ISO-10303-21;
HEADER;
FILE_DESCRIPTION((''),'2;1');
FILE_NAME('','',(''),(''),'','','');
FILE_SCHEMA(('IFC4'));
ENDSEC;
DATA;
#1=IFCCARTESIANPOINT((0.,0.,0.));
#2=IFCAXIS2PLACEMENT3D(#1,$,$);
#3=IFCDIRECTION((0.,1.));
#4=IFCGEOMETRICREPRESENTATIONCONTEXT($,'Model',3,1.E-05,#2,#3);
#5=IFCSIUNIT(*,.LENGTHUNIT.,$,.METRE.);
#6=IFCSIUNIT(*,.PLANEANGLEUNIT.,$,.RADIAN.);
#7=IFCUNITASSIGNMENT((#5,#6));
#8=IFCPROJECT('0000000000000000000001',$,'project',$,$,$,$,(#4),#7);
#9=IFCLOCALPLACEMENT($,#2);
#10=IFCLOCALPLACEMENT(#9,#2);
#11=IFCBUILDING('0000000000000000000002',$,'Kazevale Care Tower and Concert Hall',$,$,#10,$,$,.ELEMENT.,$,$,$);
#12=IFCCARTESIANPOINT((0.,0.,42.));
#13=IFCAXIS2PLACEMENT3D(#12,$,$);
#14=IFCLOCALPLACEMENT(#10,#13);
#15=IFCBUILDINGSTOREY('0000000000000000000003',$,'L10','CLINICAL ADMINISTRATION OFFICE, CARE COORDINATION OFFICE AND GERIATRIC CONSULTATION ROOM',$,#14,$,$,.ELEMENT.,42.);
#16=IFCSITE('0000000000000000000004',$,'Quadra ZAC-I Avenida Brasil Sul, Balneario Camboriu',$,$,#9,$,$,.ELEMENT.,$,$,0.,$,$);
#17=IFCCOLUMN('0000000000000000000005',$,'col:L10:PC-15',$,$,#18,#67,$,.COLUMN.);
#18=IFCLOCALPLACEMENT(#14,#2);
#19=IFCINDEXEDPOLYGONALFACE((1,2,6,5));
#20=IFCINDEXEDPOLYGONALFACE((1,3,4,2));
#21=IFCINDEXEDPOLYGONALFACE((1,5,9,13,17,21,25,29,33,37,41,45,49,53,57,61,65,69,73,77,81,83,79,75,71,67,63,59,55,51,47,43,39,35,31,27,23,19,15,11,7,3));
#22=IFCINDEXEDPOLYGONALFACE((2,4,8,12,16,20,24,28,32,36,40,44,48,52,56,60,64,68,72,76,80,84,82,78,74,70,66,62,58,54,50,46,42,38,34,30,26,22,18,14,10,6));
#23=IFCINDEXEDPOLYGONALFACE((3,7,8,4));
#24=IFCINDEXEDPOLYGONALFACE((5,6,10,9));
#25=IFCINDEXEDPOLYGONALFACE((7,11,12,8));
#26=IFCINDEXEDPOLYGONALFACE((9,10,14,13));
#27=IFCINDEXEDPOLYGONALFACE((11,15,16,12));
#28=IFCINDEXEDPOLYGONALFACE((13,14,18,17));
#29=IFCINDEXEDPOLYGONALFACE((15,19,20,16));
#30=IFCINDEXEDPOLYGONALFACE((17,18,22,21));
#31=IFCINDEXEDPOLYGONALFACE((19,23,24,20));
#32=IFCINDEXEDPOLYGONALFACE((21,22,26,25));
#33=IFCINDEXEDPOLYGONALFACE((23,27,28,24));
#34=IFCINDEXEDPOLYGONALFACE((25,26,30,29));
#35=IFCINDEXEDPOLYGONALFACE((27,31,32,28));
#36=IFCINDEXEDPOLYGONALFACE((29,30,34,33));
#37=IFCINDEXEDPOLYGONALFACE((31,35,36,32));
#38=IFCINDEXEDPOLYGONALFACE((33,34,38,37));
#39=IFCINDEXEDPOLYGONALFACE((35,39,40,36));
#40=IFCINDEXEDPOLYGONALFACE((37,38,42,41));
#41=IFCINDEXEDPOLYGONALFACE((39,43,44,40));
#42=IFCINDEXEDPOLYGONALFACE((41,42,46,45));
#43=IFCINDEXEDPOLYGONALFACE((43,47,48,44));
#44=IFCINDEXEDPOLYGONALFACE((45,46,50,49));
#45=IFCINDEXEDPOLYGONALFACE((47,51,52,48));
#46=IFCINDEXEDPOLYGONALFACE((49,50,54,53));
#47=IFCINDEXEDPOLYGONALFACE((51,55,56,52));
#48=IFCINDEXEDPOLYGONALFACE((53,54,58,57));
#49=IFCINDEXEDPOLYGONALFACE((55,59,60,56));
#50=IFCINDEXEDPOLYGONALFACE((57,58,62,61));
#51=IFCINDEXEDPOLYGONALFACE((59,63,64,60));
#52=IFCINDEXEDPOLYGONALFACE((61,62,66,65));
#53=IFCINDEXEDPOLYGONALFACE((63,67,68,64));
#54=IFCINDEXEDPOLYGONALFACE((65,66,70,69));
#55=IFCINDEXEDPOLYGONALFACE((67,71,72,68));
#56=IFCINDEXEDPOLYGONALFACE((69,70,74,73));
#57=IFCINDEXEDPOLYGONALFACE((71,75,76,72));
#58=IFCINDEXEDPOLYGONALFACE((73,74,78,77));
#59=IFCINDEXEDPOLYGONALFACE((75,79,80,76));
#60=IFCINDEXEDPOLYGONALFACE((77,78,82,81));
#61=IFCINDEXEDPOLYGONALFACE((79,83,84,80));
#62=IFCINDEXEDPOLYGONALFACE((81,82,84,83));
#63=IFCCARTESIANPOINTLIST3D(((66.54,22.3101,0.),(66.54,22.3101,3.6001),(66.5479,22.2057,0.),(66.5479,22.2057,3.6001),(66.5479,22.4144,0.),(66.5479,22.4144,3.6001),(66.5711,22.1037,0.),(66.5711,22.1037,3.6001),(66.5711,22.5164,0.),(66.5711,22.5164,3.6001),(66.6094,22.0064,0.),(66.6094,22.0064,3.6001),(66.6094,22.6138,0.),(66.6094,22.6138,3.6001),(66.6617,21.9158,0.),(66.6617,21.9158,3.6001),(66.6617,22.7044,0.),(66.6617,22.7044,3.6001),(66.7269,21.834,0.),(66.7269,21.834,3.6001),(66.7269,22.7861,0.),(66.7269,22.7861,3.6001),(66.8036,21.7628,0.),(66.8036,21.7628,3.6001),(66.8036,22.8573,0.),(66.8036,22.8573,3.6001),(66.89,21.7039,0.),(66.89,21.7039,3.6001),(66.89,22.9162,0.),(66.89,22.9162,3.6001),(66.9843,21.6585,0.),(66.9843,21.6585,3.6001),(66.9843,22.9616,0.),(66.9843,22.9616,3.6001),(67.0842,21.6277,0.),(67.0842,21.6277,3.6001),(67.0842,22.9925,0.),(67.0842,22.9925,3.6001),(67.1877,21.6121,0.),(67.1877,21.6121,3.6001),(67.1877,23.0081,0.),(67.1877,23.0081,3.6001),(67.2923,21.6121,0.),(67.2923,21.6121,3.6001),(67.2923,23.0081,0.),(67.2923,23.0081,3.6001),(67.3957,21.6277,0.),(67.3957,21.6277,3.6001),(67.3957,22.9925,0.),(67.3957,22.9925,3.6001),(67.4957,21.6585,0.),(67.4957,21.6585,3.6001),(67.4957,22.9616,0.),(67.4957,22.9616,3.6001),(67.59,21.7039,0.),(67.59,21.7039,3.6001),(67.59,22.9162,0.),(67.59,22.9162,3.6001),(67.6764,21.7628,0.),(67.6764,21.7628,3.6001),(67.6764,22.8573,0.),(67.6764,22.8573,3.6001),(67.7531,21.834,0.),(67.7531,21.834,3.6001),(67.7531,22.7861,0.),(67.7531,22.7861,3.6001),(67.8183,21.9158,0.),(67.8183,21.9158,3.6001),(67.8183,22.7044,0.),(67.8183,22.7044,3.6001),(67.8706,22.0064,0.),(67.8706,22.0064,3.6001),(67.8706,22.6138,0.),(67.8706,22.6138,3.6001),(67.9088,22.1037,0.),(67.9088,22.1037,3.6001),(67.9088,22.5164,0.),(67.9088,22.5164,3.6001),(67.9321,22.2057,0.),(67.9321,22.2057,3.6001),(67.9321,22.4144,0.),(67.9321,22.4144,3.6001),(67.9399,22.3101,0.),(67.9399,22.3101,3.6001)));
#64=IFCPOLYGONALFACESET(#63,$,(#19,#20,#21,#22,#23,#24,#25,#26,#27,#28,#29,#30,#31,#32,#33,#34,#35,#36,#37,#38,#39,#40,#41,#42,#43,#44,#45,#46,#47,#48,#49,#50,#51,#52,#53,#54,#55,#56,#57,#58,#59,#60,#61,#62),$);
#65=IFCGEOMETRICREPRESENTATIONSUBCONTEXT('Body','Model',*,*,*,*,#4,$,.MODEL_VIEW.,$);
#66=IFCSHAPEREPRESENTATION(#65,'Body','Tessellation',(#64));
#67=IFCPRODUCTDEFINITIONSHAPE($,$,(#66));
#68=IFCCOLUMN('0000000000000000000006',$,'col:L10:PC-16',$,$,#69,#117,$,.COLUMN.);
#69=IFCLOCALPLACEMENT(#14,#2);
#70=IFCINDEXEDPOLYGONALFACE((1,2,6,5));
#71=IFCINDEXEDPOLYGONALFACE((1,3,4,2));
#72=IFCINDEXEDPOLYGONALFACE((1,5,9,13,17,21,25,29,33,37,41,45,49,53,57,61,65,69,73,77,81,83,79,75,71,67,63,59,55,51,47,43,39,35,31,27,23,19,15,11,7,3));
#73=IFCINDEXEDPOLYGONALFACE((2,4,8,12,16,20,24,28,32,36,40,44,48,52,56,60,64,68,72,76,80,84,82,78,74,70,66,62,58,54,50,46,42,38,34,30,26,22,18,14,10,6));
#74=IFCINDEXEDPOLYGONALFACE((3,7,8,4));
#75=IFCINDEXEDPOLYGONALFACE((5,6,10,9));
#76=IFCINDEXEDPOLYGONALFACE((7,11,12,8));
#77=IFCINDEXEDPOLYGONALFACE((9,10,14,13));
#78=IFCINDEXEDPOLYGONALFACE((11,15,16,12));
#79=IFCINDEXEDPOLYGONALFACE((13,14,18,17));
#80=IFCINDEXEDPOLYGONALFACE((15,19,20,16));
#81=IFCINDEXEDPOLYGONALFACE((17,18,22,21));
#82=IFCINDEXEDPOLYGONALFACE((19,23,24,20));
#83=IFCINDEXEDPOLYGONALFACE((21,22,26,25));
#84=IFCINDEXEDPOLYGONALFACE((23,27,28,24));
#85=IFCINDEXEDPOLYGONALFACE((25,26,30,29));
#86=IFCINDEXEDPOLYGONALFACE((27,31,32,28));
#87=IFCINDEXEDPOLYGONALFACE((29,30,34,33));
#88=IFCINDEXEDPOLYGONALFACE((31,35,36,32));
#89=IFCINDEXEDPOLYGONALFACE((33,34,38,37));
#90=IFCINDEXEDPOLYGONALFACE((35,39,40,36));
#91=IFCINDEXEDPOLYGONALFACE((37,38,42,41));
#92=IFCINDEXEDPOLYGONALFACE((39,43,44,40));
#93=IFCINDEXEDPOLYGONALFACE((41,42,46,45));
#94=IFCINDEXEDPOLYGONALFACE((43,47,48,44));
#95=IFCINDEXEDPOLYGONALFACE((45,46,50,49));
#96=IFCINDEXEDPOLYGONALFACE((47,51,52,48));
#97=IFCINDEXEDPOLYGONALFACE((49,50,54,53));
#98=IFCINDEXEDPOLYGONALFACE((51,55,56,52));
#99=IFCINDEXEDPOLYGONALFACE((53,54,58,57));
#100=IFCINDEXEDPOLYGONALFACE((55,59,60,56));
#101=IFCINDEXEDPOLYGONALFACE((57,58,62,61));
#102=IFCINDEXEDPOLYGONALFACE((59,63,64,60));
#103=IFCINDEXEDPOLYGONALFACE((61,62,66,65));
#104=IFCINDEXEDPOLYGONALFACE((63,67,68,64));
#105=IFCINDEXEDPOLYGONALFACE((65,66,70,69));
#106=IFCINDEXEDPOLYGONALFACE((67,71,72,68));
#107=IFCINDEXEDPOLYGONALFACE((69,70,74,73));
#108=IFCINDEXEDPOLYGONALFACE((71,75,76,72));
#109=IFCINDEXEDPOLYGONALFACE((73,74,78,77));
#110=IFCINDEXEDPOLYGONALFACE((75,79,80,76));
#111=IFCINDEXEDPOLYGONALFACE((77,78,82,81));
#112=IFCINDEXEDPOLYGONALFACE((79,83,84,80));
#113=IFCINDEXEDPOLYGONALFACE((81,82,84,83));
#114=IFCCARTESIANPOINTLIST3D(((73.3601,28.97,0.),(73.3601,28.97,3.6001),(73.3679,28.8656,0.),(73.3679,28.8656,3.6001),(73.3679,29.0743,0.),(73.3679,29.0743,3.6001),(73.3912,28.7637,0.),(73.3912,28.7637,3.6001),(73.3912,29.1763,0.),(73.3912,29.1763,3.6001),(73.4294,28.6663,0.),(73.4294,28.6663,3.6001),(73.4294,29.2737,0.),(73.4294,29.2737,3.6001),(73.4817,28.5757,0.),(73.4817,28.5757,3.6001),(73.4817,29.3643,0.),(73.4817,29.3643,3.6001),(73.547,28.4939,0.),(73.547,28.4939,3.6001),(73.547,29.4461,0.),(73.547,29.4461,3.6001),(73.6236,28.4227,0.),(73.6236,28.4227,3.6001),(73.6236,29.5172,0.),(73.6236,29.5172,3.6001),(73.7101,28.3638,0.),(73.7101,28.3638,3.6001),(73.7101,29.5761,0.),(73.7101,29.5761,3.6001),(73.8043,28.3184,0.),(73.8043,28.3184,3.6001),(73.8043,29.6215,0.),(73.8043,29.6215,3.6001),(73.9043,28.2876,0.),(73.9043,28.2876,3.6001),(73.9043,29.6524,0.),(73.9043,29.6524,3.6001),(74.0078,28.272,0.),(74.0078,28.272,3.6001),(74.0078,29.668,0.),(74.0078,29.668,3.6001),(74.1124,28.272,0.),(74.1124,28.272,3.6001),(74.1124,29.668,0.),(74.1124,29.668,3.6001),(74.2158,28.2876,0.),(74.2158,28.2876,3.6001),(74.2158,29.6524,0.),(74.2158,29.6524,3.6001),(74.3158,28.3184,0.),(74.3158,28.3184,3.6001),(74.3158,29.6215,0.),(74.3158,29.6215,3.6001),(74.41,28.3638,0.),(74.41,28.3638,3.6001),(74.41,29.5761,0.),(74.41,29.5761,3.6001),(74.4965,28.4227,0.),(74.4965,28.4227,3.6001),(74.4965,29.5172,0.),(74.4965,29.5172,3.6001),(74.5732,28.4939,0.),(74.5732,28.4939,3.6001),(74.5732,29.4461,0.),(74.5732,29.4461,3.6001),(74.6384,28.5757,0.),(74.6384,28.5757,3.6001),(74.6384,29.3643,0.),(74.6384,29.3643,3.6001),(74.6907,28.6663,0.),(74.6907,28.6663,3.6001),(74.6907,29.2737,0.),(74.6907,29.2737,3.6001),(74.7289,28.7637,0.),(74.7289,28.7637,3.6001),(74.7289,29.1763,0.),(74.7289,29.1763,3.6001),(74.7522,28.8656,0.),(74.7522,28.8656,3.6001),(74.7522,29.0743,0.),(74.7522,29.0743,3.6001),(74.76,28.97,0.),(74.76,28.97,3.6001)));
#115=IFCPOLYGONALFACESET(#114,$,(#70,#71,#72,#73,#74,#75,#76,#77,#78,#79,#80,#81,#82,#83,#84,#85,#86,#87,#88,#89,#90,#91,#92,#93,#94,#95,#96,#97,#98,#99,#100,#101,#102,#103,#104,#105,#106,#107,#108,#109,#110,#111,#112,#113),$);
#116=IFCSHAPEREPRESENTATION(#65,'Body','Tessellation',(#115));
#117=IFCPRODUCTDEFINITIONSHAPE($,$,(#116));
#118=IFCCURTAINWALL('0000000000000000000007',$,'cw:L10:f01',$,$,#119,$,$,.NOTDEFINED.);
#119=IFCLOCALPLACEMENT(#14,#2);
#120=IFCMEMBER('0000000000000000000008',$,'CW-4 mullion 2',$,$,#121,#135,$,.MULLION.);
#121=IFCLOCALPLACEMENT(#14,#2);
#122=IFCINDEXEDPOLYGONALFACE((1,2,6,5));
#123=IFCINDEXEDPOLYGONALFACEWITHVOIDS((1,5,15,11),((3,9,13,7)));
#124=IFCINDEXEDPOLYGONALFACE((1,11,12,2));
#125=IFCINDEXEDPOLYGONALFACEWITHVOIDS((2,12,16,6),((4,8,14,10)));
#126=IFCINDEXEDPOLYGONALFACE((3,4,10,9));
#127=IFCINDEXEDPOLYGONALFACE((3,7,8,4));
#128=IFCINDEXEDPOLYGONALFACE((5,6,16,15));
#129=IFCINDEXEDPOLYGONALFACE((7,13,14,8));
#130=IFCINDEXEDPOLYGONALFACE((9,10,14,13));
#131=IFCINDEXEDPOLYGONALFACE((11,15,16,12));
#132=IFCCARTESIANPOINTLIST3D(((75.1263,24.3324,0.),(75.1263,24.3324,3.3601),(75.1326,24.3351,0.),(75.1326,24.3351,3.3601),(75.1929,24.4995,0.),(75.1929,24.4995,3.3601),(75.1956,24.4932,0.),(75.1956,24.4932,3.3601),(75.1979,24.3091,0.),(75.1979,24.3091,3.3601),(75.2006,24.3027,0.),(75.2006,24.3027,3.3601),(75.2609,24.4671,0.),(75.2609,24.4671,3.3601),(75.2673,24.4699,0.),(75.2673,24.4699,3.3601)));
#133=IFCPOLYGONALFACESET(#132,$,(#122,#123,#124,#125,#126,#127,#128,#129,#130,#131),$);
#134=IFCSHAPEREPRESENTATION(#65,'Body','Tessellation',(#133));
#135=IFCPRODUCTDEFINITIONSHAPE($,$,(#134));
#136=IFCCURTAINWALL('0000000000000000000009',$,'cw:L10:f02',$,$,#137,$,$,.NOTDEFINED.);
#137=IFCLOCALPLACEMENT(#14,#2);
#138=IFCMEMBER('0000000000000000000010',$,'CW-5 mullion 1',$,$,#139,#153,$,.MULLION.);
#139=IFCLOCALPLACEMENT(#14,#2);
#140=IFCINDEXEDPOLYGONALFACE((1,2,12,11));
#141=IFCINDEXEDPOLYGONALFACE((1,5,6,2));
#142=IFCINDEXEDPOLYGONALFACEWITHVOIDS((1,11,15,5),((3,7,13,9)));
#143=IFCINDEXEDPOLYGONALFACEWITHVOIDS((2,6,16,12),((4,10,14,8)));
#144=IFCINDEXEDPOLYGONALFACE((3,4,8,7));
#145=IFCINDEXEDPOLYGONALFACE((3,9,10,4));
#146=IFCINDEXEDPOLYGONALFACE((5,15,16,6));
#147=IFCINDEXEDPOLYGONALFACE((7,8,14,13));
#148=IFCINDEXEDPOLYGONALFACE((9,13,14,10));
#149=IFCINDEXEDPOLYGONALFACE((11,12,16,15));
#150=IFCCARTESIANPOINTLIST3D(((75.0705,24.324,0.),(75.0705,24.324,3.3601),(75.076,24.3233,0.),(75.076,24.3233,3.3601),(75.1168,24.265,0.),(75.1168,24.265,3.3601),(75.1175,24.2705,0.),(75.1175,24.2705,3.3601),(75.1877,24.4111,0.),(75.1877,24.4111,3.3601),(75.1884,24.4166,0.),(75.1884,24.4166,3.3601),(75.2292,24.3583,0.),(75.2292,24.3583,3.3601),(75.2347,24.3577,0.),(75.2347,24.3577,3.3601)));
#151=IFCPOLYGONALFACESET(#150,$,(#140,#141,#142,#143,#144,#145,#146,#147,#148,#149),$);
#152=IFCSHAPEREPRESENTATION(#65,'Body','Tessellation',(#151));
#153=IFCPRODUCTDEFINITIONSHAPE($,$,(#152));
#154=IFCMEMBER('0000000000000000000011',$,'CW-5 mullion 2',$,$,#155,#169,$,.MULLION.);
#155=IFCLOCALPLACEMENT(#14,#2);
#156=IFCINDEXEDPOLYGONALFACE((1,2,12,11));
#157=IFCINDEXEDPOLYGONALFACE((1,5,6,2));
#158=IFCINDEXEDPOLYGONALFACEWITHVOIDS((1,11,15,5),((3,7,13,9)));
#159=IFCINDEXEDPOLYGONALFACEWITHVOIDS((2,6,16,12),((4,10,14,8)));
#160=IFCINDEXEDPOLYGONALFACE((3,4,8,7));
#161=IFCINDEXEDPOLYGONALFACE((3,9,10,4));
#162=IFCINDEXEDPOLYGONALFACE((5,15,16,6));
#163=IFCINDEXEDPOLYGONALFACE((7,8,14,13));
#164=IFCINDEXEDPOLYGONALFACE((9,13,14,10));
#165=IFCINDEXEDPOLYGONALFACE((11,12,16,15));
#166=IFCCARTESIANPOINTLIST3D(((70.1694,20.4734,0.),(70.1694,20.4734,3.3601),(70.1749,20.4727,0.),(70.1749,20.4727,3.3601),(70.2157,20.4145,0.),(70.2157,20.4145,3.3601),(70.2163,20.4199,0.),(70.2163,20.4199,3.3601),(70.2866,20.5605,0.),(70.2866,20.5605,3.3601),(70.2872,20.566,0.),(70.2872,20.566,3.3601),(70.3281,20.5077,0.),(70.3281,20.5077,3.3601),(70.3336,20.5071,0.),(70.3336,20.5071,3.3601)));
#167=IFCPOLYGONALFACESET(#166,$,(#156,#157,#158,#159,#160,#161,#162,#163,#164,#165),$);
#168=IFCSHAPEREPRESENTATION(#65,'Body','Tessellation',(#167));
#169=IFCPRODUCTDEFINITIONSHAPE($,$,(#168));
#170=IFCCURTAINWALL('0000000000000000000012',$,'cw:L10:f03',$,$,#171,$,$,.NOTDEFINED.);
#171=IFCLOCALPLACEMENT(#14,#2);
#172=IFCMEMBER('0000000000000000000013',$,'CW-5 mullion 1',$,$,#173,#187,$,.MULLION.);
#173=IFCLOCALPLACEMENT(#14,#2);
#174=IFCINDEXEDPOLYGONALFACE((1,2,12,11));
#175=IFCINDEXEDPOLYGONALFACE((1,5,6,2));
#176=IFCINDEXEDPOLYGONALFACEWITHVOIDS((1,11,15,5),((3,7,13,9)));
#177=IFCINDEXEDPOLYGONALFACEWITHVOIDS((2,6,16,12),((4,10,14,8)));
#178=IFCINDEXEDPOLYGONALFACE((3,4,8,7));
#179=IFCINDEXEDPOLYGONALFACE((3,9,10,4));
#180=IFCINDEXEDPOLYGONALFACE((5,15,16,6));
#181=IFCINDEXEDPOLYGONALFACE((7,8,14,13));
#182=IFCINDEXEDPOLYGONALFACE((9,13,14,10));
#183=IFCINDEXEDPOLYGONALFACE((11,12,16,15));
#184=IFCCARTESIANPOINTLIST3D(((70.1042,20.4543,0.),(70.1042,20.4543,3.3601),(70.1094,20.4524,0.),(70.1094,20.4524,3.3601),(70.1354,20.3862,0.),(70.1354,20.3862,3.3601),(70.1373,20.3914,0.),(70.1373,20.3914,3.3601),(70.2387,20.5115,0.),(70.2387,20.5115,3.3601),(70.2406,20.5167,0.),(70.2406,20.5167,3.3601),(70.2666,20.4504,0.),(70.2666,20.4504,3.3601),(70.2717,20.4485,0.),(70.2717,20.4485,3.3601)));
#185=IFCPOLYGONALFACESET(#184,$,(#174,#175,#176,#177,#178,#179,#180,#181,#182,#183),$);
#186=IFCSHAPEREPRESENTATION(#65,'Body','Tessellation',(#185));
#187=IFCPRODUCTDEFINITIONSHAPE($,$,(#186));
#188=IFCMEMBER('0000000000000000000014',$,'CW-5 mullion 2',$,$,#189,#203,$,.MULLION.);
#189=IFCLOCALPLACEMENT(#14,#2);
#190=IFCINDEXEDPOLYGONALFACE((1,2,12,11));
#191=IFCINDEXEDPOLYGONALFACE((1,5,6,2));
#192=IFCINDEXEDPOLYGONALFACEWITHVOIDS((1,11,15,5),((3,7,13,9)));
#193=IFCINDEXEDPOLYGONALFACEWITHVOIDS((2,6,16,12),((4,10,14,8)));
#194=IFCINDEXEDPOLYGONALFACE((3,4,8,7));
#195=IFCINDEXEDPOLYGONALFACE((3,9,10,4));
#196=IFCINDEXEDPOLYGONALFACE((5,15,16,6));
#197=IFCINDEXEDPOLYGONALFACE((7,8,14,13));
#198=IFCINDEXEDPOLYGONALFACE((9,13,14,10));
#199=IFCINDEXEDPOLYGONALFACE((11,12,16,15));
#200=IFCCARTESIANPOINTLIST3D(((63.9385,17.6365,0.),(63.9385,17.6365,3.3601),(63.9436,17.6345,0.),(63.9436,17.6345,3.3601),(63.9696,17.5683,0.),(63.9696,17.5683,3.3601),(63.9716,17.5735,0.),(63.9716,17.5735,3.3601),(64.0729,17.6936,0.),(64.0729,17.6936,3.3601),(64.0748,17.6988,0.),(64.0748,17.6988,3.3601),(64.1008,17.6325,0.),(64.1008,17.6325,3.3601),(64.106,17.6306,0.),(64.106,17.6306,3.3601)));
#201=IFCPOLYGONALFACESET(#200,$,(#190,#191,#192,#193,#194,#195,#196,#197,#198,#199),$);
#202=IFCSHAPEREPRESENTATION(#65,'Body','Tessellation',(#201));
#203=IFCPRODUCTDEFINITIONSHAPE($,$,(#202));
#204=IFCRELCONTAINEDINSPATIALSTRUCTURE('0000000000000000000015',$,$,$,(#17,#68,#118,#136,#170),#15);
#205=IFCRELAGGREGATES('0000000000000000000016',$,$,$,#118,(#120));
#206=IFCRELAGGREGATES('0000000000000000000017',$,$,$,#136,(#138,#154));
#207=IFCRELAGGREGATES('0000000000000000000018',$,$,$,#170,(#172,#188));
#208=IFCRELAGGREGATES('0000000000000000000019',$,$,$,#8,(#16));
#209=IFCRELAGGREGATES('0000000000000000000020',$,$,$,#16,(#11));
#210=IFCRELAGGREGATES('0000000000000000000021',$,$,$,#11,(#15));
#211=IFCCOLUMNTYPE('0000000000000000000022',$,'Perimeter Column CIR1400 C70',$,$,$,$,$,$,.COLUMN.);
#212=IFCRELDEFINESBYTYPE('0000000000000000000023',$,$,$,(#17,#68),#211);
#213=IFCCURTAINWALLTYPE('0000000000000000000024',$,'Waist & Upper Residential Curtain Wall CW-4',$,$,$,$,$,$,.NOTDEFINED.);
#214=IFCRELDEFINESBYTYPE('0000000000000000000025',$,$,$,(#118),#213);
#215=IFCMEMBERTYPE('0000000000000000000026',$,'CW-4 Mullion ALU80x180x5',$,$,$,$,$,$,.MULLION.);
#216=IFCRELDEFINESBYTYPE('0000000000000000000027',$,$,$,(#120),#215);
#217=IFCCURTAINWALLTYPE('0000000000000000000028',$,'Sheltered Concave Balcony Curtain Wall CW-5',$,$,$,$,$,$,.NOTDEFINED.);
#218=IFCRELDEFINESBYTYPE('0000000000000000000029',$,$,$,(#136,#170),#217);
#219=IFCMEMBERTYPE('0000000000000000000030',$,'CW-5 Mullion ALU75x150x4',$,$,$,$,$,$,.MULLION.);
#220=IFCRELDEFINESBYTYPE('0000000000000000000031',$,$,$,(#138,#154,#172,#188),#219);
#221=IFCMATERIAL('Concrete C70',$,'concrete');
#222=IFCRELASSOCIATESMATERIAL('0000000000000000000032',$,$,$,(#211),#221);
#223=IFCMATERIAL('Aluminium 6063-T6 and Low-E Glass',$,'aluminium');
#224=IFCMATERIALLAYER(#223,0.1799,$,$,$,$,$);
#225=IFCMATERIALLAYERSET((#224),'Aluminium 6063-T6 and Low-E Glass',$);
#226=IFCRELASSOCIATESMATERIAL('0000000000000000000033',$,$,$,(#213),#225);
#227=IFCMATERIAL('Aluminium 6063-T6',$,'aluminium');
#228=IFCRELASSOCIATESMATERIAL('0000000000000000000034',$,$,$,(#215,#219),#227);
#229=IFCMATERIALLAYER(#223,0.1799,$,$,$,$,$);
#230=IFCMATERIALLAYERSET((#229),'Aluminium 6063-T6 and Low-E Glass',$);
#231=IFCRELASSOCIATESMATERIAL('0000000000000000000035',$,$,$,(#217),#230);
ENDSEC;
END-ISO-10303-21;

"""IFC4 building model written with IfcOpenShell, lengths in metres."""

from ifc_helpers import new_model, si_unit, direction, frame, origin, origin_2d, place, context, subcontext, project, spatial, hollow_rectangle, circle, extrude, material, layer, layer_set, material_profile, profile_set, type_object, element, aggregate, save


model = new_model("IFC4")

# Units and contexts
model_context = context("Model", 3, precision=1e-05, world=origin(), true_north=direction((0.0, 1.0)))
body_context = subcontext(model_context, "Body", "Model", "MODEL_VIEW")
ifc_project = project(units=[si_unit("LENGTHUNIT", "METRE"), si_unit("PLANEANGLEUNIT", "RADIAN")], contexts=[model_context])

# Site, building, storey
site_placement = place(None, origin())
site = spatial("IfcSite", under=ifc_project, at=site_placement, Name="Quadra ZAC-I Avenida Brasil Sul, Balneario Camboriu", CompositionType="ELEMENT", RefElevation=0.0)
building_placement = place(site_placement, origin())
building = spatial("IfcBuilding", under=site, at=building_placement, Name="Kazevale Care Tower and Concert Hall", CompositionType="ELEMENT")
storey_placement = place(building_placement, frame((0.0, 0.0, 42.0)))
storey = spatial("IfcBuildingStorey", under=building, at=storey_placement, Name="L10", Description="CLINICAL ADMINISTRATION OFFICE, CARE COORDINATION OFFICE AND GERIATRIC CONSULTATION ROOM", CompositionType="ELEMENT", Elevation=42.0)

# Columns
ifc_material_1 = material(Name="Concrete C70", Category="concrete")
ifc_material_profile_1 = material_profile(ifc_material_1, circle(Radius=0.7, at=origin_2d()), Name="RC-CIR1400")
ifc_profile_set_1 = profile_set([ifc_material_profile_1], Name="Concrete C70")
column_type = type_object("IfcColumnType", Name="Perimeter Column CIR1400 C70", PredefinedType="COLUMN", material=ifc_profile_set_1)
for number, where, z_axis, x_axis, name in (
    (1, (67.24, 22.3101, 0.0), (0.0, 0.0, 1.0), (1.0, 0.0, 0.0), "col:L10:PC-15"),
    (2, (74.0601, 28.97, 0.0), (0.0, 0.0, 1.0), (1.0, 0.0, 0.0), "col:L10:PC-16"),
):
    element("IfcColumn", number, at=place(storey_placement, frame(where, z_axis=z_axis, x_axis=x_axis)), inside=storey, type_object=column_type, Name=name, PredefinedType="COLUMN", context=body_context, shape_type="SweptSolid", body=[
        extrude(circle(Radius=0.7, at=origin_2d()), origin(), (0.0, 0.0, 1.0), 3.6001),
    ])

# Curtain wall, member
ifc_material_2 = material(Name="Aluminium 6063-T6 and Low-E Glass", Category="aluminium")
ifc_layer_1 = layer(ifc_material_2, 0.1799)
ifc_layer_set_1 = layer_set([ifc_layer_1], Name="Aluminium 6063-T6 and Low-E Glass")
curtain_wall_type_1 = type_object("IfcCurtainWallType", Name="Waist & Upper Residential Curtain Wall CW-4", PredefinedType="NOTDEFINED", material=ifc_layer_set_1)
curtain_wall_1_placement = place(storey_placement, origin())
curtain_wall_1 = element("IfcCurtainWall", 3, at=curtain_wall_1_placement, inside=storey, type_object=curtain_wall_type_1, Name="cw:L10:f01", PredefinedType="NOTDEFINED")
ifc_material_3 = material(Name="Aluminium 6063-T6", Category="aluminium")
ifc_material_profile_2 = material_profile(ifc_material_3, hollow_rectangle(XDim=0.0801, YDim=0.1799, WallThickness=0.0049, at=origin_2d()), Name="ALU80x180x5")
ifc_profile_set_2 = profile_set([ifc_material_profile_2], Name="Aluminium 6063-T6")
member_type_1 = type_object("IfcMemberType", Name="CW-4 Mullion ALU80x180x5", PredefinedType="MULLION", material=ifc_profile_set_2)
member_1_placement = place(storey_placement, frame((75.1968, 24.4011, 0.0), z_axis=(0.0, 0.0, 1.0), x_axis=(0.928861, -0.370427, 0.0)))
member_1 = element("IfcMember", 4, at=member_1_placement, type_object=member_type_1, Name="CW-4 mullion 2", PredefinedType="MULLION", context=body_context, shape_type="SweptSolid", body=[
    extrude(hollow_rectangle(XDim=0.0801, YDim=0.1799, WallThickness=0.0049, at=origin_2d()), origin(), (0.0, 0.0, 1.0), 3.3601),
])
aggregate(curtain_wall_1, [member_1])

# Curtain walls, members
ifc_layer_2 = layer(ifc_material_2, 0.1799)
ifc_layer_set_2 = layer_set([ifc_layer_2], Name="Aluminium 6063-T6 and Low-E Glass")
curtain_wall_type_2 = type_object("IfcCurtainWallType", Name="Sheltered Concave Balcony Curtain Wall CW-5", PredefinedType="NOTDEFINED", material=ifc_layer_set_2)
curtain_wall_2_placement = place(storey_placement, origin())
curtain_wall_2 = element("IfcCurtainWall", 5, at=curtain_wall_2_placement, inside=storey, type_object=curtain_wall_type_2, Name="cw:L10:f02", PredefinedType="NOTDEFINED")
ifc_material_profile_3 = material_profile(ifc_material_3, hollow_rectangle(XDim=0.075, YDim=0.1499, WallThickness=0.0039, at=origin_2d()), Name="ALU75x150x4")
ifc_profile_set_3 = profile_set([ifc_material_profile_3], Name="Aluminium 6063-T6")
member_type_2 = type_object("IfcMemberType", Name="CW-5 Mullion ALU75x150x4", PredefinedType="MULLION", material=ifc_profile_set_3)
member_2_placement = place(storey_placement, frame((75.1526, 24.3408, 0.0), z_axis=(0.0, 0.0, 1.0), x_axis=(0.617808, -0.786329, 0.0)))
member_2 = element("IfcMember", 6, at=member_2_placement, type_object=member_type_2, Name="CW-5 mullion 1", PredefinedType="MULLION", context=body_context, shape_type="SweptSolid", body=[
    extrude(hollow_rectangle(XDim=0.075, YDim=0.1499, WallThickness=0.0039, at=origin_2d()), origin(), (0.0, 0.0, 1.0), 3.3601),
])
member_3_placement = place(storey_placement, frame((70.2515, 20.4902, 0.0), z_axis=(0.0, 0.0, 1.0), x_axis=(0.617808, -0.786329, 0.0)))
member_3 = element("IfcMember", 7, at=member_3_placement, type_object=member_type_2, Name="CW-5 mullion 2", PredefinedType="MULLION", context=body_context, shape_type="SweptSolid", body=[
    extrude(hollow_rectangle(XDim=0.075, YDim=0.1499, WallThickness=0.0039, at=origin_2d()), origin(), (0.0, 0.0, 1.0), 3.3601),
])
curtain_wall_3_placement = place(storey_placement, origin())
curtain_wall_3 = element("IfcCurtainWall", 8, at=curtain_wall_3_placement, inside=storey, type_object=curtain_wall_type_2, Name="cw:L10:f03", PredefinedType="NOTDEFINED")
member_4_placement = place(storey_placement, frame((70.188, 20.4514, 0.0), z_axis=(0.0, 0.0, 1.0), x_axis=(0.41566, -0.90952, 0.0)))
member_4 = element("IfcMember", 9, at=member_4_placement, type_object=member_type_2, Name="CW-5 mullion 1", PredefinedType="MULLION", context=body_context, shape_type="SweptSolid", body=[
    extrude(hollow_rectangle(XDim=0.075, YDim=0.1499, WallThickness=0.0039, at=origin_2d()), origin(), (0.0, 0.0, 1.0), 3.3601),
])
member_5_placement = place(storey_placement, frame((64.0222, 17.6335, 0.0), z_axis=(0.0, 0.0, 1.0), x_axis=(0.41566, -0.90952, 0.0)))
member_5 = element("IfcMember", 10, at=member_5_placement, type_object=member_type_2, Name="CW-5 mullion 2", PredefinedType="MULLION", context=body_context, shape_type="SweptSolid", body=[
    extrude(hollow_rectangle(XDim=0.075, YDim=0.1499, WallThickness=0.0039, at=origin_2d()), origin(), (0.0, 0.0, 1.0), 3.3601),
])

aggregate(curtain_wall_2, [member_2, member_3])
aggregate(curtain_wall_3, [member_4, member_5])

save(model, "model.ifc")
